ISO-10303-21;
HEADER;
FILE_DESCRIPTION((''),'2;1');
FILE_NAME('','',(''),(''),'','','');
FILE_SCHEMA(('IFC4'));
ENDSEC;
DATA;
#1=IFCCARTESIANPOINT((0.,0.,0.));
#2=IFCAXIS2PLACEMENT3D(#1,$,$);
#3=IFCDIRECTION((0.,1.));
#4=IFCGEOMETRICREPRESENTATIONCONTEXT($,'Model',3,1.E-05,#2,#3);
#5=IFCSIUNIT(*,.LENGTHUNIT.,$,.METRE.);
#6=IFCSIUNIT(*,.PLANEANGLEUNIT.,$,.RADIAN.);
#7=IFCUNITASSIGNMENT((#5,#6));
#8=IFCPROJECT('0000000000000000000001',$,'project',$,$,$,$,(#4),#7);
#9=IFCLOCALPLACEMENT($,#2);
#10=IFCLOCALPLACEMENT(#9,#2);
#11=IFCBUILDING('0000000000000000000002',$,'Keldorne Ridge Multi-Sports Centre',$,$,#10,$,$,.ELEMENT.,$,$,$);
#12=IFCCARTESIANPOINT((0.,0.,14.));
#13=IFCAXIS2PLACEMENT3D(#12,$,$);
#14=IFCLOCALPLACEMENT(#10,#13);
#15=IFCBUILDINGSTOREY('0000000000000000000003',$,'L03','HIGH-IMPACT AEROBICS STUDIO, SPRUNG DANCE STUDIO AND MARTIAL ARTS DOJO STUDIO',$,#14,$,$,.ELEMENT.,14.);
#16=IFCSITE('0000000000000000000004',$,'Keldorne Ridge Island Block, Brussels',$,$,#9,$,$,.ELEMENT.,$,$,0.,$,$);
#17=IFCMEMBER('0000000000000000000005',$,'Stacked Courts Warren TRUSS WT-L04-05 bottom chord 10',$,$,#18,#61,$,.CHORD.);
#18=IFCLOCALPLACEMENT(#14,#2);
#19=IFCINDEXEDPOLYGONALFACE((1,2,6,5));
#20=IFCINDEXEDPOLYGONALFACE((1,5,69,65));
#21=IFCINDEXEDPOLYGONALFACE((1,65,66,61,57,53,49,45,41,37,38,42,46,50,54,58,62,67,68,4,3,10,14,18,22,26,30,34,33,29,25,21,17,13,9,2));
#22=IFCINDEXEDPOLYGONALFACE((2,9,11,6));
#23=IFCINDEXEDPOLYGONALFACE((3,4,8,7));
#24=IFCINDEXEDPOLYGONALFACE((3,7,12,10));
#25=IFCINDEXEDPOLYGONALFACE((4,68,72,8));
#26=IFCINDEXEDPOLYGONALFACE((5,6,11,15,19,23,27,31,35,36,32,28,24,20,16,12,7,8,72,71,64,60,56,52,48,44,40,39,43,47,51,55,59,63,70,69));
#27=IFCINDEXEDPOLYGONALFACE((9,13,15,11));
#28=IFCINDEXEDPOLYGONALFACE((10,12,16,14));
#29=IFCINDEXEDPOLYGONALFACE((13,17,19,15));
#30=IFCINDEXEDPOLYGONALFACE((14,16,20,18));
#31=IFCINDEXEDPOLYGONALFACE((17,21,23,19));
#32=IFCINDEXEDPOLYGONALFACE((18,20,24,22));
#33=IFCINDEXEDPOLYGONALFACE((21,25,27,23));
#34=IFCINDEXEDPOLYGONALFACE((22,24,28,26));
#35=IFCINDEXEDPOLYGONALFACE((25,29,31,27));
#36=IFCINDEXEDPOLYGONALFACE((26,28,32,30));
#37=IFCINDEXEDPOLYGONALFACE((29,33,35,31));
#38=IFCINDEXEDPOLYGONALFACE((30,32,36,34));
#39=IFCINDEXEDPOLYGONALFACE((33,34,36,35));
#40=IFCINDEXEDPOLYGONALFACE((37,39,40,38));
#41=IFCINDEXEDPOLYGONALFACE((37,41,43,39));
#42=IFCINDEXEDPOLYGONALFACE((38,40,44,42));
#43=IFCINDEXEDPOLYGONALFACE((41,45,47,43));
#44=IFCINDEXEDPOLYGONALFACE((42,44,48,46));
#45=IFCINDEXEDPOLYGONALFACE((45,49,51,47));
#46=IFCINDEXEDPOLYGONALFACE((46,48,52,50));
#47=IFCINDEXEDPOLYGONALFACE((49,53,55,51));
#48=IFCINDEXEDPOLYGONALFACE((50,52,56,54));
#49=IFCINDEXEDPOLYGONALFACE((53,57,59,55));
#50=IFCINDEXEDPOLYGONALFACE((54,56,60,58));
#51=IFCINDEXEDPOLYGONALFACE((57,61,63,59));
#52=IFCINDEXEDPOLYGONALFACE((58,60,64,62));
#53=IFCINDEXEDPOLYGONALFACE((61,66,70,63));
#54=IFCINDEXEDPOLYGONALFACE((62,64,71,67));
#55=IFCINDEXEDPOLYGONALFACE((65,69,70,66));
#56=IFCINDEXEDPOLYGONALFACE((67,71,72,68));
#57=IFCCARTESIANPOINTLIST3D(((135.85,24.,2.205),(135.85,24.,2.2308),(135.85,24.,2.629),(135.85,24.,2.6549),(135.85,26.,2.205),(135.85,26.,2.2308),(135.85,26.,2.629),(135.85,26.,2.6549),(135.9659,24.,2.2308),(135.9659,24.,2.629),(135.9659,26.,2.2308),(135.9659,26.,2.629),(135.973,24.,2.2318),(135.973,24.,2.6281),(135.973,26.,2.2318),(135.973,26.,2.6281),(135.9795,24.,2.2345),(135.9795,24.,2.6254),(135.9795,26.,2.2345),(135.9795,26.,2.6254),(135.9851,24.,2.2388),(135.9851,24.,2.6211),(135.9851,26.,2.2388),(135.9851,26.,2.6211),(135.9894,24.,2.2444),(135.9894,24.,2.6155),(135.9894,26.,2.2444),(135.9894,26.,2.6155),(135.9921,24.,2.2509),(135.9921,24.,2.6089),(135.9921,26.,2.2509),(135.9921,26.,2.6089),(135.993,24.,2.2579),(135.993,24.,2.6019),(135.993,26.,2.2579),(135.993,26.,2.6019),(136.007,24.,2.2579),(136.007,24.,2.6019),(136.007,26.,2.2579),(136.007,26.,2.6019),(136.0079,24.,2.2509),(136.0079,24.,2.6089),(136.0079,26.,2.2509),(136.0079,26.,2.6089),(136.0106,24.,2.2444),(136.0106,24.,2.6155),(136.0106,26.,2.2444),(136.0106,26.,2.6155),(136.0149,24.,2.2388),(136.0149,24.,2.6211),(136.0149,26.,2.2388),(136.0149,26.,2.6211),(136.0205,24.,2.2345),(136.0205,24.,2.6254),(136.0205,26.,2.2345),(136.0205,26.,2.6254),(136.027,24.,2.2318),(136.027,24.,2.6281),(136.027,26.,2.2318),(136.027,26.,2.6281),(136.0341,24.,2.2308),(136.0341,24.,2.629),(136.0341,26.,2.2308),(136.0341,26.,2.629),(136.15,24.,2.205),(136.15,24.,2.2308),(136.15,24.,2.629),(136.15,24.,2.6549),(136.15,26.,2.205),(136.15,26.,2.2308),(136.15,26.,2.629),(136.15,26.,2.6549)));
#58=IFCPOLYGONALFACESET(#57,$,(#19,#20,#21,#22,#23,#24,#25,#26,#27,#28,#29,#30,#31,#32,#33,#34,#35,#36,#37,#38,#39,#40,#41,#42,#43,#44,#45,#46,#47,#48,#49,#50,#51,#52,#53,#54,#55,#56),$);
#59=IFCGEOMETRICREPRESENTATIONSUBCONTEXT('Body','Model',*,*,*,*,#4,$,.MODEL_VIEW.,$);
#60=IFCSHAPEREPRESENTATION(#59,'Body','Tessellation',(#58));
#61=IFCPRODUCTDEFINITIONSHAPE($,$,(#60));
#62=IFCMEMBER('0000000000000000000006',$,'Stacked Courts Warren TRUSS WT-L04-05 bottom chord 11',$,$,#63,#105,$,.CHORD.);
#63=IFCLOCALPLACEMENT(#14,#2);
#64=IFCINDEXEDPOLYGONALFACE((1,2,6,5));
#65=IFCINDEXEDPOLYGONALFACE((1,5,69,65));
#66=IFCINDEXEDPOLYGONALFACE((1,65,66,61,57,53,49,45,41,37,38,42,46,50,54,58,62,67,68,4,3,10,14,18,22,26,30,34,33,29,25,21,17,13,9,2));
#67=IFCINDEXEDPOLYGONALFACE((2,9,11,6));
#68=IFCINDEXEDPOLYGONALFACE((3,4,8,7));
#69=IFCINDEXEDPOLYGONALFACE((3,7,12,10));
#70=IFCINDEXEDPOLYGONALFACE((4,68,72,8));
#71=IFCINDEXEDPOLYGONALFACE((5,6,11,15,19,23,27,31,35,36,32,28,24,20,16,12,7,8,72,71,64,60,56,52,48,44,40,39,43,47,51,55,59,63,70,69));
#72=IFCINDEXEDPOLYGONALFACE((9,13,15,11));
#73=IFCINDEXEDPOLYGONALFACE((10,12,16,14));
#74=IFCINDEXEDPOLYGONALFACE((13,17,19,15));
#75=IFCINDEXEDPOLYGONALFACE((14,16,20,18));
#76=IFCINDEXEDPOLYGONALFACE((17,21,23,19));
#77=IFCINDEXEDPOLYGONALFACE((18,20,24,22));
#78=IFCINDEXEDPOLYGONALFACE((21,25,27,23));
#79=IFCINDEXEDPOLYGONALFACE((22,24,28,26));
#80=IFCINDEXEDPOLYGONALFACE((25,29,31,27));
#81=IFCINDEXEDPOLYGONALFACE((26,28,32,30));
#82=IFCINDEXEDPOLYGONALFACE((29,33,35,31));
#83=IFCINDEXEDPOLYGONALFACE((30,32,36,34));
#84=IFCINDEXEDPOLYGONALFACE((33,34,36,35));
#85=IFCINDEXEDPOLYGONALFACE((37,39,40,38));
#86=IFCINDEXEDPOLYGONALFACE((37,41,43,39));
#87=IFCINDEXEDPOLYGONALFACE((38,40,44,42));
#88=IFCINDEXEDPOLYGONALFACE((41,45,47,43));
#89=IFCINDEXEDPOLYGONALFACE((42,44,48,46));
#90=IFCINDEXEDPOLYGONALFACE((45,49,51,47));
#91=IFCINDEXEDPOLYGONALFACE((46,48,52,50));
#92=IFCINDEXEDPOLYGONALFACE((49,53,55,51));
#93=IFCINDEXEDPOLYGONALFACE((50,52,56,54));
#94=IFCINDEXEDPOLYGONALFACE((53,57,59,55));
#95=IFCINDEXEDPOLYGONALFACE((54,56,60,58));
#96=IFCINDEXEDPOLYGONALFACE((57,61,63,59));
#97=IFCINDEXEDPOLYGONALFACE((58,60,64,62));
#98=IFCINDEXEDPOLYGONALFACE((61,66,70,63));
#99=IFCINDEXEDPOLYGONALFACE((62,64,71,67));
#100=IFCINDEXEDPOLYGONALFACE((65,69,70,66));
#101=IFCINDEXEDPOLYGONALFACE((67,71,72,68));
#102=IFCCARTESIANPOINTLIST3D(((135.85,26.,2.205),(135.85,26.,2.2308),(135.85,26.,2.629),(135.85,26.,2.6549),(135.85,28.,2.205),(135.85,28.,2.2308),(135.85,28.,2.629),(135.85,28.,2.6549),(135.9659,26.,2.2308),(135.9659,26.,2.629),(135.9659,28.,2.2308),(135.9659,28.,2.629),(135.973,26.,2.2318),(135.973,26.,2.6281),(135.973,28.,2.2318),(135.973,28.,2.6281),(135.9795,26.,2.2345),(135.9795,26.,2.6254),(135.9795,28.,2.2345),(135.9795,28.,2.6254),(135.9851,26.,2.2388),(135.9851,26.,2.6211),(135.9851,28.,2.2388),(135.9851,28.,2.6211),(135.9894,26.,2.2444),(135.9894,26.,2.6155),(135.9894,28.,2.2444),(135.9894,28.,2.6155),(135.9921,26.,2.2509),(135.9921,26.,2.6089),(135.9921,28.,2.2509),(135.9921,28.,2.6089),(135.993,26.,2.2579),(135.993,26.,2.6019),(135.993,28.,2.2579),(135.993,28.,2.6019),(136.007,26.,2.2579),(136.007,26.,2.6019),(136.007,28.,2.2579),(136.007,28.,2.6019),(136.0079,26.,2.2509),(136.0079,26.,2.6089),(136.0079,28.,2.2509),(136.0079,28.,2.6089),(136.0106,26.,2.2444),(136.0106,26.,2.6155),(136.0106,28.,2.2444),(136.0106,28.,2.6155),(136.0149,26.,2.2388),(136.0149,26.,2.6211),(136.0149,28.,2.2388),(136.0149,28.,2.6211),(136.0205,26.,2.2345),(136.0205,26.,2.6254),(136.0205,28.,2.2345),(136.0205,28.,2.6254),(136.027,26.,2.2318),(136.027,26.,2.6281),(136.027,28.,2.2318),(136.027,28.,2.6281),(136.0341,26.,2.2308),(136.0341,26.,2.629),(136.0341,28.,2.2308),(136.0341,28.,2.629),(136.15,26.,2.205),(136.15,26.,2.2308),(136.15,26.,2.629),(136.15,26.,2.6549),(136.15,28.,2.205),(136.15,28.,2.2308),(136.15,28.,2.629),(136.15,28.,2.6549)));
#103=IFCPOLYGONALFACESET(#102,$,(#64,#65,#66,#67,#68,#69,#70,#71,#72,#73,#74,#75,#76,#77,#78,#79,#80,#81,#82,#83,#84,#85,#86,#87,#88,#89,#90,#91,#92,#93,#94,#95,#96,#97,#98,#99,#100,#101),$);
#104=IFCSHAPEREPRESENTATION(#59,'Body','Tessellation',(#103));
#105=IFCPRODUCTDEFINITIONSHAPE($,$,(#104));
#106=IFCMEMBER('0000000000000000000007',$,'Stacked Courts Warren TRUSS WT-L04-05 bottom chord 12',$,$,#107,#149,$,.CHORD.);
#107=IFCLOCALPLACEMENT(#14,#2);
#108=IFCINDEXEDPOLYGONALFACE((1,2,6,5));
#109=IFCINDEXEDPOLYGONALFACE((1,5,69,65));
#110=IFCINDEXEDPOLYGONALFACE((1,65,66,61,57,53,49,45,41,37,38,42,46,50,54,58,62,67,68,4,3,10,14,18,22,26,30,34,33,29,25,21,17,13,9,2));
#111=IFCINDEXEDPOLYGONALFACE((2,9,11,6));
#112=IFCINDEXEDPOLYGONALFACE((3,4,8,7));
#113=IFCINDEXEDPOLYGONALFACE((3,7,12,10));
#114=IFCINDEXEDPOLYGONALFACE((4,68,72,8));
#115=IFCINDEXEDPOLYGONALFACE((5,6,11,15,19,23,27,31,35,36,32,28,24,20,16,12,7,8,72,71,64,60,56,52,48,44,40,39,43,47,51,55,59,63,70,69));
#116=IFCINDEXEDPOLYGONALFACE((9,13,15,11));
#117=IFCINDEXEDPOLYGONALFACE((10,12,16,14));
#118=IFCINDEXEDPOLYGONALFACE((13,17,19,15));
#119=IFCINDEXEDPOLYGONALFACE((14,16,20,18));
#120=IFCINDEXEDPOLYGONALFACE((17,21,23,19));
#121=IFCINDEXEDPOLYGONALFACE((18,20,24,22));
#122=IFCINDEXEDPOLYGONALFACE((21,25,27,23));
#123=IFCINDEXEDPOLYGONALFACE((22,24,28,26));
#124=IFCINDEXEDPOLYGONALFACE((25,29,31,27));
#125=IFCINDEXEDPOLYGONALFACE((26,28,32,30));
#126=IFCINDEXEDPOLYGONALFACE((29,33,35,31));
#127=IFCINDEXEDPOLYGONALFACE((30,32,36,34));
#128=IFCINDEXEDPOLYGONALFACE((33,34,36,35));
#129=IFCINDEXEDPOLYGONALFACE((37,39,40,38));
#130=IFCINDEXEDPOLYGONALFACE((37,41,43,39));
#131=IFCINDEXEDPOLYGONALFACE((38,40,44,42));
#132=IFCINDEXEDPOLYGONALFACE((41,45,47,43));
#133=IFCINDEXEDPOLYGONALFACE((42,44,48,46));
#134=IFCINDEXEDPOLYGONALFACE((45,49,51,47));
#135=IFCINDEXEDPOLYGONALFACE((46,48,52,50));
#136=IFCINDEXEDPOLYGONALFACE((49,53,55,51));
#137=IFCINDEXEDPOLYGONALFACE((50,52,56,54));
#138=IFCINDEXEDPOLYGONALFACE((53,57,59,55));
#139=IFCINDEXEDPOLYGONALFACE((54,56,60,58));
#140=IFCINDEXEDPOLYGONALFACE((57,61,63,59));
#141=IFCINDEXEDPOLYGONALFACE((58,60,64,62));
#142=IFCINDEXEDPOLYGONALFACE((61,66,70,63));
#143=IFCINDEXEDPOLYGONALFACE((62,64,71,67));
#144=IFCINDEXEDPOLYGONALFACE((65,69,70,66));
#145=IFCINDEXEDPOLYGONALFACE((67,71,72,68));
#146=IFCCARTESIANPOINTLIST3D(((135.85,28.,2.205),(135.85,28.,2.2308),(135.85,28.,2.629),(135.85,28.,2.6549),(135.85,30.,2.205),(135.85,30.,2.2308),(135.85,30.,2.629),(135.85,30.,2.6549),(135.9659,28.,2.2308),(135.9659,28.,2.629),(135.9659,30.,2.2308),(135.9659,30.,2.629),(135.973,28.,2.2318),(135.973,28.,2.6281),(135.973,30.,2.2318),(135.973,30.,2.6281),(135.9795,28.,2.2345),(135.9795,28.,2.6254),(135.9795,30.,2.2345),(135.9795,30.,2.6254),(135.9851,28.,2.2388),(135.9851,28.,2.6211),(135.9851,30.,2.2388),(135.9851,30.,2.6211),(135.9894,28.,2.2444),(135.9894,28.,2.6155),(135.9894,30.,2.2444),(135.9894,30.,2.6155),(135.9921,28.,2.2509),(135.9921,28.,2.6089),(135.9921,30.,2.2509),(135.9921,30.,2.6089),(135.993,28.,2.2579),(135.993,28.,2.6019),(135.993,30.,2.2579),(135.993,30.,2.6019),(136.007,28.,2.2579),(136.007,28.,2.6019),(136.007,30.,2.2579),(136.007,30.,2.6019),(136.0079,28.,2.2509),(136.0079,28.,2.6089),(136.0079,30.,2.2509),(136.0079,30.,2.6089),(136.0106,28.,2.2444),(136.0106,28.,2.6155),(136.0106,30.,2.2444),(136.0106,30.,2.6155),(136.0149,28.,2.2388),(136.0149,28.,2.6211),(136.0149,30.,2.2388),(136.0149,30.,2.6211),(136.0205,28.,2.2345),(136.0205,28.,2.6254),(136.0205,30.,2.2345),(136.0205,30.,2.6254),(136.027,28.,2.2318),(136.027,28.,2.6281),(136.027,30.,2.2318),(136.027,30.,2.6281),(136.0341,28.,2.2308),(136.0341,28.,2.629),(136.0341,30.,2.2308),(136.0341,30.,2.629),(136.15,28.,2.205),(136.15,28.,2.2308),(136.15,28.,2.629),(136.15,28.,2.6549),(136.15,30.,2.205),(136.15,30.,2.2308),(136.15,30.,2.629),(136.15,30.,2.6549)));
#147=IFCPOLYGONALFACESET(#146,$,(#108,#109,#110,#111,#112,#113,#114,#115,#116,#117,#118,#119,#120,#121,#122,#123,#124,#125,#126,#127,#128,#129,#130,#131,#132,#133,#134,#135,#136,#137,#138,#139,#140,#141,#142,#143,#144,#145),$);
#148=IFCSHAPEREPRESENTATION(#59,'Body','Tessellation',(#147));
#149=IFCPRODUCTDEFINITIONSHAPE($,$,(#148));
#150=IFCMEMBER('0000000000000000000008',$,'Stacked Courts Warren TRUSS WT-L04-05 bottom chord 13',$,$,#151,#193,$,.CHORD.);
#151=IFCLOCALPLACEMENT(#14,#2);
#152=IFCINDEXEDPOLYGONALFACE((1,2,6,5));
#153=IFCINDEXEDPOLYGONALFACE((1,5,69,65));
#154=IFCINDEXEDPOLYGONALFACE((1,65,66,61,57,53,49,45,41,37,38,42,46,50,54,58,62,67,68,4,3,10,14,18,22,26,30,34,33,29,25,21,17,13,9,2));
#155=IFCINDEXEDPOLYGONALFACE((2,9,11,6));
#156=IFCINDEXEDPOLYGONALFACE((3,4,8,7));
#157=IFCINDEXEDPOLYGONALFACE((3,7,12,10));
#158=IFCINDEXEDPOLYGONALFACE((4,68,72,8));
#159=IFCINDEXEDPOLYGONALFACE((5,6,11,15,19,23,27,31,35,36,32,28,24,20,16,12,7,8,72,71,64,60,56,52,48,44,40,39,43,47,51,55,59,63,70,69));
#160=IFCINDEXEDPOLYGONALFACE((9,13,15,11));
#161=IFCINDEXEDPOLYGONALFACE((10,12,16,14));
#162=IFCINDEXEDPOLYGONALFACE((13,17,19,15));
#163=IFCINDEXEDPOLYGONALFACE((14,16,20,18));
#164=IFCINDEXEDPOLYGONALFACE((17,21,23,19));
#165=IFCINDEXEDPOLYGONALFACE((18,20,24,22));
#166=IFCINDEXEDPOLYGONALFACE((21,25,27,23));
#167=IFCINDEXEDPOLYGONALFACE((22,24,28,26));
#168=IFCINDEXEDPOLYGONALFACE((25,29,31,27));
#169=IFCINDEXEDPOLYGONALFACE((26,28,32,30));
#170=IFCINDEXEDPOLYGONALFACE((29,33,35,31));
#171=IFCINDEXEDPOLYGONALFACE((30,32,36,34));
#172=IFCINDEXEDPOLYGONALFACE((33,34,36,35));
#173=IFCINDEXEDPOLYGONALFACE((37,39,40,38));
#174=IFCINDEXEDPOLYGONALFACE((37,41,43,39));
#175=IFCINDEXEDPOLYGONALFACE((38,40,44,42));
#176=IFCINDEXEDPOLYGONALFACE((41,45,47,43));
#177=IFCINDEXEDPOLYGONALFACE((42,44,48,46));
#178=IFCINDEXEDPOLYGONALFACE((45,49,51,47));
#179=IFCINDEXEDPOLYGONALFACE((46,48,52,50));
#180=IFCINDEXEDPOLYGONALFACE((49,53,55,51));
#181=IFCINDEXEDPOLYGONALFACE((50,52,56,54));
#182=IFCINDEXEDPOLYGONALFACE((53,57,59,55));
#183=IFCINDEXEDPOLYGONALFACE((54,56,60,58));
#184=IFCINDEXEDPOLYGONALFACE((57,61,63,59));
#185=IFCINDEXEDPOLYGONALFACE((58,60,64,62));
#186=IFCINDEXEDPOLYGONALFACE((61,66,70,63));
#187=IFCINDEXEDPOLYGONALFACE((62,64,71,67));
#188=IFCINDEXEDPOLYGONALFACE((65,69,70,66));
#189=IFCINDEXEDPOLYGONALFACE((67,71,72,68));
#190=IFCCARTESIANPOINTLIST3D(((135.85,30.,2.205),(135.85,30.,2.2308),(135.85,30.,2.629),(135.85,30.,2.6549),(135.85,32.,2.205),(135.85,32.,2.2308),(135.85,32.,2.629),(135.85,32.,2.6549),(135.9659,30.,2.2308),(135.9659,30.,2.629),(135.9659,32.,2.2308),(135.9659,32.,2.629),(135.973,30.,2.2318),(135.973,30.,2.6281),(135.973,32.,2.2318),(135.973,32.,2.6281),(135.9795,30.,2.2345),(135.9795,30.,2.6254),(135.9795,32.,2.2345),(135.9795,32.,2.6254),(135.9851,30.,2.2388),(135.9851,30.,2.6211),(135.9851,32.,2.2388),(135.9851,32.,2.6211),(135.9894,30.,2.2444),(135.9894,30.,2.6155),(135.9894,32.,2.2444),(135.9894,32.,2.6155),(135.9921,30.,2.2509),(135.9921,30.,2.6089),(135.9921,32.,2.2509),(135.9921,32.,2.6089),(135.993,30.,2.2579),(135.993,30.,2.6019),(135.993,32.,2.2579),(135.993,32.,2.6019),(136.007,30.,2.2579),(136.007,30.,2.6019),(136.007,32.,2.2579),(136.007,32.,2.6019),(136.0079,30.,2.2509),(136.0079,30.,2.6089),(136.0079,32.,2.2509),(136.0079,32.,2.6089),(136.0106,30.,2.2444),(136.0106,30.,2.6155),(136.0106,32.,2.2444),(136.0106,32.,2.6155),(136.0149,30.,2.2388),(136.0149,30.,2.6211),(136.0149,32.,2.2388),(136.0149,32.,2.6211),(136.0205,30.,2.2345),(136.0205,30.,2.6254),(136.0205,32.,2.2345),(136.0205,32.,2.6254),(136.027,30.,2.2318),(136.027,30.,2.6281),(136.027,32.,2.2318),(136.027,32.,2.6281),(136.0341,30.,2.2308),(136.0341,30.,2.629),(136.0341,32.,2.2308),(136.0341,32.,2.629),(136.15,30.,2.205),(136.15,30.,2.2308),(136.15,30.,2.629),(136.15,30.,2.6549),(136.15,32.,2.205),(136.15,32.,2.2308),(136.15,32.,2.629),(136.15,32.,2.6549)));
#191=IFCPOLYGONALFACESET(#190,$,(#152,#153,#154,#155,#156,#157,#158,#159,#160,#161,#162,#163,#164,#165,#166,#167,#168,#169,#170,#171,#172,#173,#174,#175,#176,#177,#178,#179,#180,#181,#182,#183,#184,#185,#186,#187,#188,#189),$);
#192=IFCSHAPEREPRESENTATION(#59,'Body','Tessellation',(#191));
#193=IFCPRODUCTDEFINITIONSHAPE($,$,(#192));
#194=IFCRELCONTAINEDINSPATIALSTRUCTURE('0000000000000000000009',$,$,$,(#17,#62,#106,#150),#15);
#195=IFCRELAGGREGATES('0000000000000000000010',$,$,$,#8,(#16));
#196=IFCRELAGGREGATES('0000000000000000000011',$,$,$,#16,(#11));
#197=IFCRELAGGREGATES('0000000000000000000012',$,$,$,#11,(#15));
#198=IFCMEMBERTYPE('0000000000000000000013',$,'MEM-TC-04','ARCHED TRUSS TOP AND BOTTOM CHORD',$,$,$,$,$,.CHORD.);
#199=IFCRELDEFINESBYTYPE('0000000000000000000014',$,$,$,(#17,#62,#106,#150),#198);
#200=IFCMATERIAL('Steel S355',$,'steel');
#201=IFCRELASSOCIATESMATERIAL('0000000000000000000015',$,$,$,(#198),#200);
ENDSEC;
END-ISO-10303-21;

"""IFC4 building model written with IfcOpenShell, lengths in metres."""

from ifc_helpers import new_model, si_unit, direction, frame, origin, origin_2d, place, context, subcontext, project, spatial, i_section, extrude, material, material_profile, profile_set, type_object, element, save


model = new_model("IFC4")

# Units and contexts
model_context = context("Model", 3, precision=1e-05, world=origin(), true_north=direction((0.0, 1.0)))
body_context = subcontext(model_context, "Body", "Model", "MODEL_VIEW")
ifc_project = project(units=[si_unit("LENGTHUNIT", "METRE"), si_unit("PLANEANGLEUNIT", "RADIAN")], contexts=[model_context])

# Site, building, storey
site_placement = place(None, origin())
site = spatial("IfcSite", under=ifc_project, at=site_placement, Name="Keldorne Ridge Island Block, Brussels", CompositionType="ELEMENT", RefElevation=0.0)
building_placement = place(site_placement, origin())
building = spatial("IfcBuilding", under=site, at=building_placement, Name="Keldorne Ridge Multi-Sports Centre", CompositionType="ELEMENT")
storey_placement = place(building_placement, frame((0.0, 0.0, 14.0)))
storey = spatial("IfcBuildingStorey", under=building, at=storey_placement, Name="L03", Description="HIGH-IMPACT AEROBICS STUDIO, SPRUNG DANCE STUDIO AND MARTIAL ARTS DOJO STUDIO", CompositionType="ELEMENT", Elevation=14.0)

# Members
ifc_material = material(Name="Steel S355", Category="steel")
ifc_material_profile_1 = material_profile(ifc_material, i_section(OverallWidth=0.3, OverallDepth=0.45, WebThickness=0.0139, FlangeThickness=0.0259, FilletRadius=0.0271, at=origin_2d()), Name="HEB 450")
ifc_profile_set_1 = profile_set([ifc_material_profile_1], Name="Steel S355")
member_type_1 = type_object("IfcMemberType", Name="MEM-TC-04", Description="ARCHED TRUSS TOP AND BOTTOM CHORD", PredefinedType="CHORD", material=ifc_profile_set_1)
for number, where, z_axis, x_axis, name in (
    (1, (136.0, 24.0, 2.4299), (0.0, 1.0, 0.0), (-1.0, 0.0, 0.0), "Stacked Courts Warren TRUSS WT-L04-05 bottom chord 10"),
    (2, (136.0, 26.0, 2.4299), (0.0, 1.0, 0.0), (-1.0, 0.0, 0.0), "Stacked Courts Warren TRUSS WT-L04-05 bottom chord 11"),
    (3, (136.0, 28.0, 2.4299), (0.0, 1.0, 0.0), (-1.0, 0.0, 0.0), "Stacked Courts Warren TRUSS WT-L04-05 bottom chord 12"),
    (4, (136.0, 30.0, 2.4299), (0.0, 1.0, 0.0), (-1.0, 0.0, 0.0), "Stacked Courts Warren TRUSS WT-L04-05 bottom chord 13"),
):
    element("IfcMember", number, at=place(storey_placement, frame(where, z_axis=z_axis, x_axis=x_axis)), inside=storey, type_object=member_type_1, Name=name, PredefinedType="CHORD", context=body_context, shape_type="SweptSolid", body=[
        extrude(i_section(OverallWidth=0.3, OverallDepth=0.45, WebThickness=0.0139, FlangeThickness=0.0259, FilletRadius=0.0271, at=origin_2d()), origin(), (0.0, 0.0, 1.0), 2.0),
    ])

save(model, "model.ifc")
